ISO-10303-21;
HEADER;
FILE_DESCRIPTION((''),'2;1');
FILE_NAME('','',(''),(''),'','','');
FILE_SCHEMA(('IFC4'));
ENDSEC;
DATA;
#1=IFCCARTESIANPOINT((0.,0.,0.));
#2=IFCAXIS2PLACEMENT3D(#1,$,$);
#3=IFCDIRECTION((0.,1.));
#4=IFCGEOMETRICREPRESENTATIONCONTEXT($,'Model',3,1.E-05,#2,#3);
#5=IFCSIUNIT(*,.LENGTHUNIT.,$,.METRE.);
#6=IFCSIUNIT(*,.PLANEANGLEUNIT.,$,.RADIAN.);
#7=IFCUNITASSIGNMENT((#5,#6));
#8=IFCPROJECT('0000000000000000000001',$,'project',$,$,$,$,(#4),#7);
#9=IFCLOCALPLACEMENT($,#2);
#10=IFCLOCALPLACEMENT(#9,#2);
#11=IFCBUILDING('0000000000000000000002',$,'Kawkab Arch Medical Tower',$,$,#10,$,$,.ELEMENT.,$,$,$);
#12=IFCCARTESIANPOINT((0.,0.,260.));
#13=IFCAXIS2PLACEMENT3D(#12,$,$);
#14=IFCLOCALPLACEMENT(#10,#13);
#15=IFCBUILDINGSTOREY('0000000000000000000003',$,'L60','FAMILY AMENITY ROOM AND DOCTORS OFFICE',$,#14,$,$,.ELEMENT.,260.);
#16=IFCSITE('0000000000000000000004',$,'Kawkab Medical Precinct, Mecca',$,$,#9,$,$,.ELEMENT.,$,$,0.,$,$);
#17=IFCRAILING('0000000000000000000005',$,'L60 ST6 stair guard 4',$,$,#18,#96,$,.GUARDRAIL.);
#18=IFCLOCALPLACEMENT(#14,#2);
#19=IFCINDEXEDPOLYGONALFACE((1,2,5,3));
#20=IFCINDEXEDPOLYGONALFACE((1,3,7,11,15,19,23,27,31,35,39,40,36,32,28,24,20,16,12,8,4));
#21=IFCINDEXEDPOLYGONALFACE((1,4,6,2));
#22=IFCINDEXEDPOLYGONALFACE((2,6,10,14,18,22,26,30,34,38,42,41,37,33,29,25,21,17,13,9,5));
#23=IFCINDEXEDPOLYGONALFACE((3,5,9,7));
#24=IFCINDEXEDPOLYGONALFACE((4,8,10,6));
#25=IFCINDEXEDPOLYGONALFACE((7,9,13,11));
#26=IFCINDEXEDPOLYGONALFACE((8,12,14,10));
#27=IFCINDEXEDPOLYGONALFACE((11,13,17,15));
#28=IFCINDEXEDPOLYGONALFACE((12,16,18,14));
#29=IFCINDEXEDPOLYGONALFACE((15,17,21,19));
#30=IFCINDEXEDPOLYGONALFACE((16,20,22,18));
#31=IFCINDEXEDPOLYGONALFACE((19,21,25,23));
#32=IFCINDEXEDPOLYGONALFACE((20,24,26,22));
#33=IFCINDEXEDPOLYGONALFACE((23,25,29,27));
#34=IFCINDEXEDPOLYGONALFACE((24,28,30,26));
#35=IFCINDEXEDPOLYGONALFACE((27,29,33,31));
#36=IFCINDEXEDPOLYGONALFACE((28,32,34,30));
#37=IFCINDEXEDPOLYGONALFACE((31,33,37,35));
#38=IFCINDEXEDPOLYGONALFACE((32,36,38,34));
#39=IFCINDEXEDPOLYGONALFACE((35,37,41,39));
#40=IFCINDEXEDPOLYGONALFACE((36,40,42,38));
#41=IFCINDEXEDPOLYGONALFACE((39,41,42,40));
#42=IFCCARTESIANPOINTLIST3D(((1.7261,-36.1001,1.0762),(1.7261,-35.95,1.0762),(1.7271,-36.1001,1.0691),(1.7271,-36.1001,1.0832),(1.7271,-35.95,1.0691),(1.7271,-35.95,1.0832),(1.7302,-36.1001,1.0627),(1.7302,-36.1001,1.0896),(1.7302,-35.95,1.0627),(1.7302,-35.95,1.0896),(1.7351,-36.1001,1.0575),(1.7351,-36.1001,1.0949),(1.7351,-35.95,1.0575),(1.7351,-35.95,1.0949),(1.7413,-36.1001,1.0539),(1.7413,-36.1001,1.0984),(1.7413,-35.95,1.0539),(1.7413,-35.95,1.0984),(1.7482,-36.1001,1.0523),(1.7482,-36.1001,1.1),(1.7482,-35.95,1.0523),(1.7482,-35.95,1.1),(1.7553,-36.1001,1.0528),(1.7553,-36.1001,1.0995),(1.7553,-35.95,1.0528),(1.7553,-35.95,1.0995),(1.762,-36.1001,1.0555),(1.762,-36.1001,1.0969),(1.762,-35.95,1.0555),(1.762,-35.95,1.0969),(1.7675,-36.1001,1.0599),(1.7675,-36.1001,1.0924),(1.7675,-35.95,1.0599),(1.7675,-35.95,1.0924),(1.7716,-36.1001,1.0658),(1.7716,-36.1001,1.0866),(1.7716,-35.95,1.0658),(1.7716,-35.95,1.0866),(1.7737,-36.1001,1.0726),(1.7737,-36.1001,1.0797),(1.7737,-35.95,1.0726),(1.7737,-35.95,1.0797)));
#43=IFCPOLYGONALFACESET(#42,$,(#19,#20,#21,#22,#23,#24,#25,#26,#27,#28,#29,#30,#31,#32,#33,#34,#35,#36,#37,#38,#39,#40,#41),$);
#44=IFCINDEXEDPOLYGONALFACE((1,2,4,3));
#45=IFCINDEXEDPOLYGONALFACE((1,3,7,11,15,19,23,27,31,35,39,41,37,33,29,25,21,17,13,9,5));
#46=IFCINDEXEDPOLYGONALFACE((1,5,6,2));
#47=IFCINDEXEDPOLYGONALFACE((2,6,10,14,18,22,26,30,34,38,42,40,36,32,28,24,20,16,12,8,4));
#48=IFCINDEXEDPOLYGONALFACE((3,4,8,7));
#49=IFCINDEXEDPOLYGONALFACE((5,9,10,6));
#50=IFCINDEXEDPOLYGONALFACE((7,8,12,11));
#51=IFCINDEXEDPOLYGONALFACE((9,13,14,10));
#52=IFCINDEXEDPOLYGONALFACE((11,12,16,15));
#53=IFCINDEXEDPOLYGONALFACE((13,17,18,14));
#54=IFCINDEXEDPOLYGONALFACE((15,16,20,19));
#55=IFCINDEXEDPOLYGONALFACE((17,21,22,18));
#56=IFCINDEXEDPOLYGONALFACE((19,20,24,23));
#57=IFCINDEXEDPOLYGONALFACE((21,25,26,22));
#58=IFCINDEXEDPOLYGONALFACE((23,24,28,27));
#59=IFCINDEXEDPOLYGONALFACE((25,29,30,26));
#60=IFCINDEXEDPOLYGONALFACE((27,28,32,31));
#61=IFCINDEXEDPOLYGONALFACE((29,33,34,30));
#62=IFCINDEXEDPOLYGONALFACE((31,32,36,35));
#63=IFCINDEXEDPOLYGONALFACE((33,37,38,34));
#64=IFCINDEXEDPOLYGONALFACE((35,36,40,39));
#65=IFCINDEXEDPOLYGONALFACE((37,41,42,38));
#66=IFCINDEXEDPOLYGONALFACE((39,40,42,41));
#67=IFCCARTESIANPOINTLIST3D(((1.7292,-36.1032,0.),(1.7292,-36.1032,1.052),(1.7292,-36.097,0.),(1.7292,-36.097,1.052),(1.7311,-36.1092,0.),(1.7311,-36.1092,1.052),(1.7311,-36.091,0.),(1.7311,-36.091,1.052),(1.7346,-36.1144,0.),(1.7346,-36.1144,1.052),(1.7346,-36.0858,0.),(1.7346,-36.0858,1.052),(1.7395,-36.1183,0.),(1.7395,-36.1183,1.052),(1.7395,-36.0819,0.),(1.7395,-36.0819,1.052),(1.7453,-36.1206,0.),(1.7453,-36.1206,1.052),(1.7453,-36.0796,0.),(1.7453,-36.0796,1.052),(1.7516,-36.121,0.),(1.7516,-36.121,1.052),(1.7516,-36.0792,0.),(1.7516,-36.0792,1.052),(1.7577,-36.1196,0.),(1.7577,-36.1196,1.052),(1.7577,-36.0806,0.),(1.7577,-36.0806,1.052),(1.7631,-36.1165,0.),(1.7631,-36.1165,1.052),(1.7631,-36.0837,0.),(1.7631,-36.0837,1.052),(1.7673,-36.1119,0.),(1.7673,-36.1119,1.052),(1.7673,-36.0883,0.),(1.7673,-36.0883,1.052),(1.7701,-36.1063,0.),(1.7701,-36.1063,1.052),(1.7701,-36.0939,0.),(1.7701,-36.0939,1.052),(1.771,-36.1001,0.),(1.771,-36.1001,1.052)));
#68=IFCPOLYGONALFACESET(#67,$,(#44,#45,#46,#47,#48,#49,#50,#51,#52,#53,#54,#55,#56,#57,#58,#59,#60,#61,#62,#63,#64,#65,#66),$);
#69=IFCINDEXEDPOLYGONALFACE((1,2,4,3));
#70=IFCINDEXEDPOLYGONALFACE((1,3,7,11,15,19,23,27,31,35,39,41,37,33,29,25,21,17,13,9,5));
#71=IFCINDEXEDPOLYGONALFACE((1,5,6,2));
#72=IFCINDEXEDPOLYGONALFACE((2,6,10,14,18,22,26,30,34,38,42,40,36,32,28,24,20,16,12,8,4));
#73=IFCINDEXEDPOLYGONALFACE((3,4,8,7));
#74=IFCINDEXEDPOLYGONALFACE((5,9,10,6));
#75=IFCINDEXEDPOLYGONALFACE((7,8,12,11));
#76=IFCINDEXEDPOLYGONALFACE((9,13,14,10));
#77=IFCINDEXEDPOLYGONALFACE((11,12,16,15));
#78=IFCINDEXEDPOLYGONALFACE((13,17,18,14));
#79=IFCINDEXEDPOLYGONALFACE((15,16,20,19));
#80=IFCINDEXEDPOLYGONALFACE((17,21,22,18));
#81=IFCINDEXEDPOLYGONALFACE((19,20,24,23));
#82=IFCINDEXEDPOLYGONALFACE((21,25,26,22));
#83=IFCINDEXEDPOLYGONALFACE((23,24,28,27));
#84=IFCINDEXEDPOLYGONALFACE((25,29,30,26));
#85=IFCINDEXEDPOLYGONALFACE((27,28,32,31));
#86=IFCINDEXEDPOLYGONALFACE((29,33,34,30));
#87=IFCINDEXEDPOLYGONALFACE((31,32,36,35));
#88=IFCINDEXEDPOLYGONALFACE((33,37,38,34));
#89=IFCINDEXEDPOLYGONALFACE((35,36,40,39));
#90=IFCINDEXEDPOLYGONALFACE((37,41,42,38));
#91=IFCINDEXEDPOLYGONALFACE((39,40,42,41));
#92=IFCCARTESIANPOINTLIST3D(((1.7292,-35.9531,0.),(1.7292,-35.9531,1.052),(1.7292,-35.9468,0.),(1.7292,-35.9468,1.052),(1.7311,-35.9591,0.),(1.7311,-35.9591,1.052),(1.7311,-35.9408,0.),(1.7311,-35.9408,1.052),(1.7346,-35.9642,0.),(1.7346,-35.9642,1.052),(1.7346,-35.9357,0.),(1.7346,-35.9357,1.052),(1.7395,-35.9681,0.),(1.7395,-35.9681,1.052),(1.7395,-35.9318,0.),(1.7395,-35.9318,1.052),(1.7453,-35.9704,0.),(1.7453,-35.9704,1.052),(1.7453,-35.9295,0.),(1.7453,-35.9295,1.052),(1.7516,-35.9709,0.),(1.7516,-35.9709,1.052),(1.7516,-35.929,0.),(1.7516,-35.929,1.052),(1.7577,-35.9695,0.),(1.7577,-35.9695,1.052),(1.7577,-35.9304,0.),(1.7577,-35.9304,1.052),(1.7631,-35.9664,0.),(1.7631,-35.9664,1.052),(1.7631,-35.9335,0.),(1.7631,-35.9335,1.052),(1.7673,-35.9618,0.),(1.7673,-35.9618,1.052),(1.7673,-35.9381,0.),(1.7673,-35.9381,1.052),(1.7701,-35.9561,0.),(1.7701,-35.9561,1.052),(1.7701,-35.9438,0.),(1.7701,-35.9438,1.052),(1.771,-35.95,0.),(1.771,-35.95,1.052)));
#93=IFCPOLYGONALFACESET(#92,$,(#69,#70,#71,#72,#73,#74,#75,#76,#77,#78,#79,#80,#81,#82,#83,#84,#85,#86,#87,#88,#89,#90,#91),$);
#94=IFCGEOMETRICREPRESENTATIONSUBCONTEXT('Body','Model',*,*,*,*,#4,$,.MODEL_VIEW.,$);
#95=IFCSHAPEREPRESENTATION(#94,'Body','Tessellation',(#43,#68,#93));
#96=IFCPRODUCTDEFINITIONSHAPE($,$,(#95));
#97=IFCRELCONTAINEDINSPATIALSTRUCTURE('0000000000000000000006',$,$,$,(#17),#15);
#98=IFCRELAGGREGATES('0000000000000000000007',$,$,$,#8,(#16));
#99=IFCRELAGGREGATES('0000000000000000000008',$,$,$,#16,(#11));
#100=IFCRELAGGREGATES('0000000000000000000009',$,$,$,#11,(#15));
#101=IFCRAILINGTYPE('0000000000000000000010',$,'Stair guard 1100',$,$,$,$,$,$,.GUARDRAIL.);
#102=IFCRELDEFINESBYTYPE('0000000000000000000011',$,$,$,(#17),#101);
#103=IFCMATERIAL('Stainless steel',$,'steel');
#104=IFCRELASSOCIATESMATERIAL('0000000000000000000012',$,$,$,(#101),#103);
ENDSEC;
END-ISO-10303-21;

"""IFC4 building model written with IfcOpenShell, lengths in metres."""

from ifc_helpers import new_model, si_unit, direction, frame, origin, origin_2d, place, context, subcontext, project, spatial, circle, extrude, material, type_object, element, save


model = new_model("IFC4")

# Units and contexts
model_context = context("Model", 3, precision=1e-05, world=origin(), true_north=direction((0.0, 1.0)))
body_context = subcontext(model_context, "Body", "Model", "MODEL_VIEW")
ifc_project = project(units=[si_unit("LENGTHUNIT", "METRE"), si_unit("PLANEANGLEUNIT", "RADIAN")], contexts=[model_context])

# Site, building, storey
site_placement = place(None, origin())
site = spatial("IfcSite", under=ifc_project, at=site_placement, Name="Kawkab Medical Precinct, Mecca", CompositionType="ELEMENT", RefElevation=0.0)
building_placement = place(site_placement, origin())
building = spatial("IfcBuilding", under=site, at=building_placement, Name="Kawkab Arch Medical Tower", CompositionType="ELEMENT")
storey_placement = place(building_placement, frame((0.0, 0.0, 260.0)))
storey = spatial("IfcBuildingStorey", under=building, at=storey_placement, Name="L60", Description="FAMILY AMENITY ROOM AND DOCTORS OFFICE", CompositionType="ELEMENT", Elevation=260.0)

# Railing
ifc_material_1 = material(Name="Stainless steel", Category="steel")
railing_type_1 = type_object("IfcRailingType", Name="Stair guard 1100", PredefinedType="GUARDRAIL", material=ifc_material_1)
railing_1_placement = place(storey_placement, frame((1.75, -36.1001, 0.0)))
element("IfcRailing", 1, at=railing_1_placement, inside=storey, type_object=railing_type_1, Name="L60 ST6 stair guard 4", PredefinedType="GUARDRAIL", context=body_context, shape_type="SweptSolid", body=[
    extrude(circle(Radius=0.0239, at=origin_2d()), frame((0.0, 0.0, 1.0762), z_axis=(0.0, 1.0, 0.0), x_axis=(-1.0, 0.0, 0.0)), (0.0, 0.0, 1.0), 0.1501),
    extrude(circle(Radius=0.021, at=origin_2d()), origin(), (0.0, 0.0, 1.0), 1.052),
    extrude(circle(Radius=0.021, at=origin_2d()), frame((0.0, 0.1501, 0.0)), (0.0, 0.0, 1.0), 1.052),
])

save(model, "model.ifc")
